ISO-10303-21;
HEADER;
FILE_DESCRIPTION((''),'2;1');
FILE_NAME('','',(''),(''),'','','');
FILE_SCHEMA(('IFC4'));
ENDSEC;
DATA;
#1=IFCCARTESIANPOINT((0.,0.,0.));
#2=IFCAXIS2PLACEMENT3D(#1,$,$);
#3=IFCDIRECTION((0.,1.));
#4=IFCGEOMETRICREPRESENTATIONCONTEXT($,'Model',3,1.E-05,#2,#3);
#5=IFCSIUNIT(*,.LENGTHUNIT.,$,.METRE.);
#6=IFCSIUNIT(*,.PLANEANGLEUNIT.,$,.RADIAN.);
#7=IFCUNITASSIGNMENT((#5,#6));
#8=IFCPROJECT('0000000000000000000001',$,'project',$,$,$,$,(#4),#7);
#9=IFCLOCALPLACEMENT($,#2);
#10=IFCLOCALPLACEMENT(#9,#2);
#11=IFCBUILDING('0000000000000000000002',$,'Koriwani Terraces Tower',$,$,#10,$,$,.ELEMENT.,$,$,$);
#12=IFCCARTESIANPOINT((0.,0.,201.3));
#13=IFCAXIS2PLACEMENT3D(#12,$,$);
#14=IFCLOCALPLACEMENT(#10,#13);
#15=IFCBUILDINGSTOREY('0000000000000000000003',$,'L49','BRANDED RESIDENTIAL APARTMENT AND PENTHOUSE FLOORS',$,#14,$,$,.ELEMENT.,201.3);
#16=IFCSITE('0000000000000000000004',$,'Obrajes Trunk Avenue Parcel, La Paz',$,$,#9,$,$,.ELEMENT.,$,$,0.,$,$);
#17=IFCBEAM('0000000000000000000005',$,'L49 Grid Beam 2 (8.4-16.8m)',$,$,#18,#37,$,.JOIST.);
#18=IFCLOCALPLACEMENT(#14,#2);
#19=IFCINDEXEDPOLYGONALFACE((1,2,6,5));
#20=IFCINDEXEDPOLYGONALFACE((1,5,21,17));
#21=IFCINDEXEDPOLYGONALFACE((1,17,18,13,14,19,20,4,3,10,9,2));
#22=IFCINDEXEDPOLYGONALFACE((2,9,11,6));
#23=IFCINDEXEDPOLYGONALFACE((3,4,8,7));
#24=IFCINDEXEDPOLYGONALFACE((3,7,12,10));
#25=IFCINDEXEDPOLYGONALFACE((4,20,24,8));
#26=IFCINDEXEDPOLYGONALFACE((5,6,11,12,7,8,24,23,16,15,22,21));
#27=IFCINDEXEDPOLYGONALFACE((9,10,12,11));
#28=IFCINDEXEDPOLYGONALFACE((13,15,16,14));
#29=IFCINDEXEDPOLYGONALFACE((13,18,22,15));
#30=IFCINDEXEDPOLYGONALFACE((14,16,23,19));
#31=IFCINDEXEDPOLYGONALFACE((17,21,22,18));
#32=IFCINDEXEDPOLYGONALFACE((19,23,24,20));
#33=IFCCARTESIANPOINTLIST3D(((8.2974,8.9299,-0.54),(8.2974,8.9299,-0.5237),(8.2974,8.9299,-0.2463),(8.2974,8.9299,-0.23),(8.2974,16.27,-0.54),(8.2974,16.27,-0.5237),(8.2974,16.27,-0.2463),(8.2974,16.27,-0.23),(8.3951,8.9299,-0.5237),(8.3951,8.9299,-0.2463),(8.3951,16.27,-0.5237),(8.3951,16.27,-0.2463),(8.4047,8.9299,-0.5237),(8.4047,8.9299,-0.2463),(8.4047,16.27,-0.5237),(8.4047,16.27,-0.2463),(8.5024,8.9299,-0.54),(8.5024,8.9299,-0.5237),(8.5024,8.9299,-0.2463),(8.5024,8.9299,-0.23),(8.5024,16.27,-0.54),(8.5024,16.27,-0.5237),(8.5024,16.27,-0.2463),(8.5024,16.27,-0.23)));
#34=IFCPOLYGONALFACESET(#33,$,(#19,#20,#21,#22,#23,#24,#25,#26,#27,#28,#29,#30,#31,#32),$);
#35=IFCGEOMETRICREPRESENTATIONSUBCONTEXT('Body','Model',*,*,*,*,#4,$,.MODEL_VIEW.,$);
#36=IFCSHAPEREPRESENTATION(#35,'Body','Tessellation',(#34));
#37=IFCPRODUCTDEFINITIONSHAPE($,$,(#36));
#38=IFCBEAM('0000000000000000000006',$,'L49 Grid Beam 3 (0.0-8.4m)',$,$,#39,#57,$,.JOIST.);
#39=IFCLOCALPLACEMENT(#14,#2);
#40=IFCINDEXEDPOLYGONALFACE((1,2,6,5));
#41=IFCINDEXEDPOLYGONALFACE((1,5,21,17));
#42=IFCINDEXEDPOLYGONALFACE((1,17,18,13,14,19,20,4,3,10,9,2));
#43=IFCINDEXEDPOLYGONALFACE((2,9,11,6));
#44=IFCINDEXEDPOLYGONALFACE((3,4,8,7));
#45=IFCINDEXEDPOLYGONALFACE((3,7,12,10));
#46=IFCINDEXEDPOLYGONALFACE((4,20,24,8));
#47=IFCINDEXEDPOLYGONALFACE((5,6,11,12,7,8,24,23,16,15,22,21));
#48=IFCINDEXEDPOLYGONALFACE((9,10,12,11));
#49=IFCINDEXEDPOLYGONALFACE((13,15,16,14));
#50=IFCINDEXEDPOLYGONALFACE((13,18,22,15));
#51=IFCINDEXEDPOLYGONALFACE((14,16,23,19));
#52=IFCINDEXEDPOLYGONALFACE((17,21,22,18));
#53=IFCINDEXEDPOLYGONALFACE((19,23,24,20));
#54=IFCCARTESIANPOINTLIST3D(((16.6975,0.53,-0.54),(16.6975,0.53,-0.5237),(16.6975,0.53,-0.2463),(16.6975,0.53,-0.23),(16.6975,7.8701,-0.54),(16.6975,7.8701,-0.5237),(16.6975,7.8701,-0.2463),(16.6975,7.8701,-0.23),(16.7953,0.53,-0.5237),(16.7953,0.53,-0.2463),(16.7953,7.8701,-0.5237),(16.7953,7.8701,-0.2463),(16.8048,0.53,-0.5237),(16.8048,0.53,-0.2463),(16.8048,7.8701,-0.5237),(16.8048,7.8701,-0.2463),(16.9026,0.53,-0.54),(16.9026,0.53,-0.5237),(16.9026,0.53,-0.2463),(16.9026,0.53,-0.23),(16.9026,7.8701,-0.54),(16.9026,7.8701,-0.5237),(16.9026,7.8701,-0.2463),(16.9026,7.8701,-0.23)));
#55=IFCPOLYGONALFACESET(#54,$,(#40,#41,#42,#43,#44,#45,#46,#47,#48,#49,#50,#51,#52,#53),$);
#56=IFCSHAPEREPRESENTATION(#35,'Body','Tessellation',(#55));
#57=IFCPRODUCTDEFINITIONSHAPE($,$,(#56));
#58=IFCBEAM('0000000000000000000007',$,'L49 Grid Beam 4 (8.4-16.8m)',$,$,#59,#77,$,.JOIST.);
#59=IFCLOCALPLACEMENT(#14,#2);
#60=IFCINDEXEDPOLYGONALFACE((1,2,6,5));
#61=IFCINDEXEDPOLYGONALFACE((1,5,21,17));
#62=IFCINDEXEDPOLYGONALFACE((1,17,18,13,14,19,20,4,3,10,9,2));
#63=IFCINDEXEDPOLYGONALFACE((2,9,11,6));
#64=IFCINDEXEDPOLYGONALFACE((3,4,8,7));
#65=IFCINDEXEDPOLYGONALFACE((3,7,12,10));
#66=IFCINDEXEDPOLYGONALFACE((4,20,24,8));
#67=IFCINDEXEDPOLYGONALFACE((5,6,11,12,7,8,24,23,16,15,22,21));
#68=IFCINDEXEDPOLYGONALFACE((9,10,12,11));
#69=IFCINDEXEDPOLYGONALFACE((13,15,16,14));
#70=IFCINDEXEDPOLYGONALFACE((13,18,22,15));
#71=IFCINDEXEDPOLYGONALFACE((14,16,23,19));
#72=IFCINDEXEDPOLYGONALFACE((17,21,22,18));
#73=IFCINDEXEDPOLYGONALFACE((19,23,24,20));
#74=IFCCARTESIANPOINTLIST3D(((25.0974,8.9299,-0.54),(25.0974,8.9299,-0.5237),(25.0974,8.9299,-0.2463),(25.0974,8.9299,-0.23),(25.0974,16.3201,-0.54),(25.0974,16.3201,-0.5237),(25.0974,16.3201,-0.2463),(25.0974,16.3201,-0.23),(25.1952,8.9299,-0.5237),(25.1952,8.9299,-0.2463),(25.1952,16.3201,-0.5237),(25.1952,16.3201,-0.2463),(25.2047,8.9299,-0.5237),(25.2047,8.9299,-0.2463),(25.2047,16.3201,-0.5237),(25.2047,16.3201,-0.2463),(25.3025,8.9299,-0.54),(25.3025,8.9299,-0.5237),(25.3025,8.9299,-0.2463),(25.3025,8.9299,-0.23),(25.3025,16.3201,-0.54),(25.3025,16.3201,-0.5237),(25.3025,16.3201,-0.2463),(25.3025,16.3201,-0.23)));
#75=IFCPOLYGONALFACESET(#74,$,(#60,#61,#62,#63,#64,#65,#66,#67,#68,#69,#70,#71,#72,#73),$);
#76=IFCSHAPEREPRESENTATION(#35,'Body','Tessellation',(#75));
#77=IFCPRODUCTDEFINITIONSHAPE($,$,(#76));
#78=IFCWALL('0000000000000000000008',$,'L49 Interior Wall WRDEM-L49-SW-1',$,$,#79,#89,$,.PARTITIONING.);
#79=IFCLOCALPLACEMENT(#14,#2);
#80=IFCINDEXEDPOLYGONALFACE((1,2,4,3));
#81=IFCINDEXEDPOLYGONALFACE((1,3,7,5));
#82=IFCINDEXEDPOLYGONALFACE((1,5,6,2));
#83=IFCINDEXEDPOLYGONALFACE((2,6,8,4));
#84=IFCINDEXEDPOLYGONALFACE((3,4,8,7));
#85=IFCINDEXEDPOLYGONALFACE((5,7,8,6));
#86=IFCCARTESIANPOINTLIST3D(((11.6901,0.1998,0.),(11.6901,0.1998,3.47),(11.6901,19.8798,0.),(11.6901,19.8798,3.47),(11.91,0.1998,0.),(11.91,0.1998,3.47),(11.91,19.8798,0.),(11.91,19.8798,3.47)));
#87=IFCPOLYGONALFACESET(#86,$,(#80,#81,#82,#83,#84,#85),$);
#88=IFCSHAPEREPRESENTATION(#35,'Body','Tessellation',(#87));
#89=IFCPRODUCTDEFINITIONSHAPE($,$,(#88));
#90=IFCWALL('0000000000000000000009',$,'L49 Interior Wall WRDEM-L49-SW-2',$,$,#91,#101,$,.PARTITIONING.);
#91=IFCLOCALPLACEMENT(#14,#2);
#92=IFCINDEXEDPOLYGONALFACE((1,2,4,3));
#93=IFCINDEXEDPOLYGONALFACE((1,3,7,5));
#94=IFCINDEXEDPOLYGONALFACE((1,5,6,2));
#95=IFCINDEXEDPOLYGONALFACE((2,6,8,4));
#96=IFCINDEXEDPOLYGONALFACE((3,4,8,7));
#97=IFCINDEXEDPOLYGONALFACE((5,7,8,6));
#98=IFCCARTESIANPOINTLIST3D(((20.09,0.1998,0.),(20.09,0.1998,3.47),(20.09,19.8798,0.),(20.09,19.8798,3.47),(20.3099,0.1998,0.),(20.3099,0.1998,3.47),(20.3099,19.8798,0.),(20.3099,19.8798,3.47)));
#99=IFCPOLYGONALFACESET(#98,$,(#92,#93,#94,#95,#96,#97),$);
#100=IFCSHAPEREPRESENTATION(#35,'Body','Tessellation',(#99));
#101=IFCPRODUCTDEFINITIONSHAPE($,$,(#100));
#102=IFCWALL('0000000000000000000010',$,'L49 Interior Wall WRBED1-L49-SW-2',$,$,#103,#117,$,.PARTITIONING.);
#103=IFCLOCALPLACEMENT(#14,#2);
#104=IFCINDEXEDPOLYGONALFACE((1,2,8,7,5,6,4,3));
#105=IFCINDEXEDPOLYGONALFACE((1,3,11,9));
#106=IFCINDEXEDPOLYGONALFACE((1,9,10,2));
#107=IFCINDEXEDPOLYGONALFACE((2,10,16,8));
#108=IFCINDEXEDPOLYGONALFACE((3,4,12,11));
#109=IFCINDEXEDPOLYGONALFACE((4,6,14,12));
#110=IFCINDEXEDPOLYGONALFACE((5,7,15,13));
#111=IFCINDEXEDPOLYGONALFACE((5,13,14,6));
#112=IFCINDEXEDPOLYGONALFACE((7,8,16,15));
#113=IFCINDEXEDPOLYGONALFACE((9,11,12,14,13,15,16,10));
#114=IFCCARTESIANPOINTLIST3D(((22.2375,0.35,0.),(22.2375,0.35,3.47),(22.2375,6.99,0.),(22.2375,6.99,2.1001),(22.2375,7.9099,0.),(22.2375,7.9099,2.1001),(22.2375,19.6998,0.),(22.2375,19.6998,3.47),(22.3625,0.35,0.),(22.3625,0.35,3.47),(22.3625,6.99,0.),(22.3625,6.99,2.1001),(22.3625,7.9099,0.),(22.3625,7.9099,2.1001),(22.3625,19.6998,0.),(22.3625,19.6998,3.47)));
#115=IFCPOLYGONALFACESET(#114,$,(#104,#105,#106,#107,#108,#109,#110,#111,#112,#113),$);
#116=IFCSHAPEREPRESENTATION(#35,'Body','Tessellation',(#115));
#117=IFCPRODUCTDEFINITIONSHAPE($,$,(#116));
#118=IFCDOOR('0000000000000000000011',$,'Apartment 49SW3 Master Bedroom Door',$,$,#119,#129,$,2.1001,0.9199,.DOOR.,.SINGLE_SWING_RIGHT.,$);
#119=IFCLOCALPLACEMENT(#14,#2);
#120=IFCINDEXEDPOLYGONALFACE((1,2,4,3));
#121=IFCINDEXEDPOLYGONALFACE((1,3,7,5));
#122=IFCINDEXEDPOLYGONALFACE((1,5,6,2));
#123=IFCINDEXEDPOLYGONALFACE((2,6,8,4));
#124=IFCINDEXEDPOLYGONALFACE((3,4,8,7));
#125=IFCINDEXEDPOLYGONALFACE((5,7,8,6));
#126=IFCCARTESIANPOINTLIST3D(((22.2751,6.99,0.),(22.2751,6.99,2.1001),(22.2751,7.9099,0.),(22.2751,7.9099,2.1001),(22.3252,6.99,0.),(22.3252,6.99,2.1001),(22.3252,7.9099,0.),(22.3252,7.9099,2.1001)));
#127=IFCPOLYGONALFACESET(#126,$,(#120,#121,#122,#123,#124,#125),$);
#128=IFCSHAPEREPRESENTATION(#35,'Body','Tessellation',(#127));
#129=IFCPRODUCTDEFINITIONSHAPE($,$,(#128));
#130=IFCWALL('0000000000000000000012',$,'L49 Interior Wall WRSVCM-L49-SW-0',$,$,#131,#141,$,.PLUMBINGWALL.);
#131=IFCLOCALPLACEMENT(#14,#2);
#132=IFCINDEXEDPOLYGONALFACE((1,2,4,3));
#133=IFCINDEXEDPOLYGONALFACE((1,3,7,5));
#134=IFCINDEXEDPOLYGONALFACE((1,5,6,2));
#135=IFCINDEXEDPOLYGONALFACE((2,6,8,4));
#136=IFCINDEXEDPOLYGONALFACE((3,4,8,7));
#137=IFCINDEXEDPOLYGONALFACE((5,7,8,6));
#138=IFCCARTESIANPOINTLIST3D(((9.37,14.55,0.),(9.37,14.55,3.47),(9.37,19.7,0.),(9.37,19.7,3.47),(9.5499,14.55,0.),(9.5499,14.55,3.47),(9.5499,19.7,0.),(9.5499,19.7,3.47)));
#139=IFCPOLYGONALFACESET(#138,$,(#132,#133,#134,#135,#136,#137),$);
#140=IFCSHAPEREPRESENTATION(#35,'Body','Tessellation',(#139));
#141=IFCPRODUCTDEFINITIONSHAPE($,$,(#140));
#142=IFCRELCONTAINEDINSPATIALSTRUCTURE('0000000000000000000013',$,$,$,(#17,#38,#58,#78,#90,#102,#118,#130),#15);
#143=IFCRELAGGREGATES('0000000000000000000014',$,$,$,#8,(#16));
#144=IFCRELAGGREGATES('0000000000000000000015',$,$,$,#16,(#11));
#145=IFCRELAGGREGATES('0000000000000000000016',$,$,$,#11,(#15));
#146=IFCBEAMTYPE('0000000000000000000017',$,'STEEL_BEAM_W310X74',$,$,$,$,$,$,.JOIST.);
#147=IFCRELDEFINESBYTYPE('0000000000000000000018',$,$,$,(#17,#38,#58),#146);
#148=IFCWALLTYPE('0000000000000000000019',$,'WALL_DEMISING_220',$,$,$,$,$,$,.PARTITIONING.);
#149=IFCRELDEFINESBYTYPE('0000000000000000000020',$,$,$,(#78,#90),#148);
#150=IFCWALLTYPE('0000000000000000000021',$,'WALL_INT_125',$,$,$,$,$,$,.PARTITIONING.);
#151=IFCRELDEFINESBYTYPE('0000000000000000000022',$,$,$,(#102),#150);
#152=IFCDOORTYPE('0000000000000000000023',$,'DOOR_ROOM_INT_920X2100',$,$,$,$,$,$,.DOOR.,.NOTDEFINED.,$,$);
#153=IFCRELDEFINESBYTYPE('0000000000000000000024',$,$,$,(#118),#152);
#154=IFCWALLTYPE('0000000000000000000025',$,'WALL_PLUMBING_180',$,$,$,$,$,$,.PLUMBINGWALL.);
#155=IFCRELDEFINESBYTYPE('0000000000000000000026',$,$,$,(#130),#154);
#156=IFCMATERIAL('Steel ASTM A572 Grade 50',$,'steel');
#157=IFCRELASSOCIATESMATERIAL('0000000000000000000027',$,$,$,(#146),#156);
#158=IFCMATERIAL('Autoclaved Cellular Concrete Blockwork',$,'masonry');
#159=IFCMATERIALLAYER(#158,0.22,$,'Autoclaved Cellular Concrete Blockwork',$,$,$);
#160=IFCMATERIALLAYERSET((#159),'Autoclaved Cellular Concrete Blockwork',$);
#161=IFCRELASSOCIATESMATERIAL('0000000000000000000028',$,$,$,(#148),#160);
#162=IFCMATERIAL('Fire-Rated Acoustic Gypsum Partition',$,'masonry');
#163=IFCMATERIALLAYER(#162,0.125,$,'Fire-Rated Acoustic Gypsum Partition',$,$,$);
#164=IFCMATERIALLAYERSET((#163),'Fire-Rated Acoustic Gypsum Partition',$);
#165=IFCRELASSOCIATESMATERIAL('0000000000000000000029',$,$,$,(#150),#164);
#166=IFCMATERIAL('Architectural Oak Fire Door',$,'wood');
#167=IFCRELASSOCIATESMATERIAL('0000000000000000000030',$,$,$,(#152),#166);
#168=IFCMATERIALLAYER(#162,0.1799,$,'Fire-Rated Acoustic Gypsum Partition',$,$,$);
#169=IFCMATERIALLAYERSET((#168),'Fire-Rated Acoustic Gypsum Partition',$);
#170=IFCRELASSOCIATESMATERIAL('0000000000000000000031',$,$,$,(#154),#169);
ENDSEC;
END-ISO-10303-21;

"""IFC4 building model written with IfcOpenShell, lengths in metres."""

from ifc_helpers import new_model, si_unit, direction, frame, frame_2d, origin, origin_2d, place, context, subcontext, project, spatial, rectangle, i_section, extrude, material, layer, layer_set, material_profile, profile_set, type_object, element, fill, save


model = new_model("IFC4")

# Units and contexts
model_context = context("Model", 3, precision=1e-05, world=origin(), true_north=direction((0.0, 1.0)))
body_context = subcontext(model_context, "Body", "Model", "MODEL_VIEW")
ifc_project = project(units=[si_unit("LENGTHUNIT", "METRE"), si_unit("PLANEANGLEUNIT", "RADIAN")], contexts=[model_context])

# Site, building, storey
site_placement = place(None, origin())
site = spatial("IfcSite", under=ifc_project, at=site_placement, Name="Obrajes Trunk Avenue Parcel, La Paz", CompositionType="ELEMENT", RefElevation=0.0)
building_placement = place(site_placement, origin())
building = spatial("IfcBuilding", under=site, at=building_placement, Name="Koriwani Terraces Tower", CompositionType="ELEMENT")
storey_placement = place(building_placement, frame((0.0, 0.0, 201.3)))
storey = spatial("IfcBuildingStorey", under=building, at=storey_placement, Name="L49", Description="BRANDED RESIDENTIAL APARTMENT AND PENTHOUSE FLOORS", CompositionType="ELEMENT", Elevation=201.3)

# Beams
ifc_material_1 = material(Name="Steel ASTM A572 Grade 50", Category="steel")
ifc_material_profile_1 = material_profile(ifc_material_1, i_section(OverallWidth=0.2051, OverallDepth=0.3101, WebThickness=0.0095, FlangeThickness=0.0164, at=origin_2d()), Name="Steel ASTM A572 Grade 50", Category="LoadBearing")
ifc_profile_set_1 = profile_set([ifc_material_profile_1], Name="Steel ASTM A572 Grade 50")
beam_type_1 = type_object("IfcBeamType", Name="STEEL_BEAM_W310X74", PredefinedType="JOIST", material=ifc_profile_set_1)
for number, where, z_axis, x_axis, name in (
    (1, (8.3999, 8.9299, -0.385), (0.0, 1.0, 0.0), (-1.0, 0.0, 0.0), "L49 Grid Beam 2 (8.4-16.8m)"),
    (2, (16.8, 0.53, -0.385), (0.0, 1.0, 0.0), (-1.0, 0.0, 0.0), "L49 Grid Beam 3 (0.0-8.4m)"),
):
    element("IfcBeam", number, at=place(storey_placement, frame(where, z_axis=z_axis, x_axis=x_axis)), inside=storey, type_object=beam_type_1, Name=name, PredefinedType="JOIST", context=body_context, shape_type="SweptSolid", body=[
        extrude(i_section(OverallWidth=0.2051, OverallDepth=0.3101, WebThickness=0.0095, FlangeThickness=0.0164, at=origin_2d()), origin(), (0.0, 0.0, 1.0), 7.3401),
    ])
beam_1_placement = place(storey_placement, frame((25.2, 8.9299, -0.385), z_axis=(0.0, 1.0, 0.0), x_axis=(-1.0, 0.0, 0.0)))
element("IfcBeam", 3, at=beam_1_placement, inside=storey, type_object=beam_type_1, Name="L49 Grid Beam 4 (8.4-16.8m)", PredefinedType="JOIST", context=body_context, shape_type="SweptSolid", body=[
    extrude(i_section(OverallWidth=0.2051, OverallDepth=0.3101, WebThickness=0.0095, FlangeThickness=0.0164, at=origin_2d()), origin(), (0.0, 0.0, 1.0), 7.3901),
])

# Walls
ifc_material_2 = material(Name="Autoclaved Cellular Concrete Blockwork", Category="masonry")
ifc_layer_1 = layer(ifc_material_2, 0.22, Name="Autoclaved Cellular Concrete Blockwork")
ifc_layer_set_1 = layer_set([ifc_layer_1], Name="Autoclaved Cellular Concrete Blockwork")
wall_type_1 = type_object("IfcWallType", Name="WALL_DEMISING_220", PredefinedType="PARTITIONING", material=ifc_layer_set_1)
for number, where, z_axis, x_axis, name in (
    (4, (11.8, 0.2, 0.0), (0.0, 0.0, 1.0), (0.0, 1.0, 0.0), "L49 Interior Wall WRDEM-L49-SW-1"),
    (5, (20.2, 0.2, 0.0), (0.0, 0.0, 1.0), (0.0, 1.0, 0.0), "L49 Interior Wall WRDEM-L49-SW-2"),
):
    element("IfcWall", number, at=place(storey_placement, frame(where, z_axis=z_axis, x_axis=x_axis)), inside=storey, type_object=wall_type_1, Name=name, PredefinedType="PARTITIONING", context=body_context, shape_type="SweptSolid", body=[
        extrude(rectangle(XDim=19.6799, YDim=0.22, at=frame_2d((9.8398, 0.0))), origin(), (0.0, 0.0, 1.0), 3.47),
    ])

# Wall, opening, door
ifc_material_3 = material(Name="Fire-Rated Acoustic Gypsum Partition", Category="masonry")
ifc_layer_2 = layer(ifc_material_3, 0.125, Name="Fire-Rated Acoustic Gypsum Partition")
ifc_layer_set_2 = layer_set([ifc_layer_2], Name="Fire-Rated Acoustic Gypsum Partition")
wall_type_2 = type_object("IfcWallType", Name="WALL_INT_125", PredefinedType="PARTITIONING", material=ifc_layer_set_2)
wall_1_placement = place(storey_placement, frame((22.3, 0.3501, 0.0), z_axis=(0.0, 0.0, 1.0), x_axis=(0.0, 1.0, 0.0)))
wall_1 = element("IfcWall", 6, at=wall_1_placement, inside=storey, type_object=wall_type_2, Name="L49 Interior Wall WRBED1-L49-SW-2", PredefinedType="PARTITIONING", context=body_context, shape_type="SweptSolid", body=[
    extrude(rectangle(XDim=19.3499, YDim=0.125, at=frame_2d((9.6748, 0.0))), origin(), (0.0, 0.0, 1.0), 3.47),
])
opening_1_placement = place(wall_1_placement, frame((6.6399, 0.0, 0.0)))
opening_1 = element("IfcOpeningElement", 7, at=opening_1_placement, cuts=wall_1, PredefinedType="OPENING", context=body_context, shape_type="SweptSolid", body=[
    extrude(rectangle(XDim=0.9199, YDim=2.1001, at=frame_2d((0.46, 1.05))), frame((0.0, 0.0725, 0.0), z_axis=(0.0, -1.0, 0.0), x_axis=(1.0, 0.0, 0.0)), (0.0, 0.0, 1.0), 0.145),
])
ifc_material_4 = material(Name="Architectural Oak Fire Door", Category="wood")
door_type_1 = type_object("IfcDoorType", Name="DOOR_ROOM_INT_920X2100", OperationType="NOTDEFINED", PredefinedType="DOOR", material=ifc_material_4)
door_1_placement = place(opening_1_placement, origin())
door_1 = element("IfcDoor", 8, at=door_1_placement, inside=storey, type_object=door_type_1, Name="Apartment 49SW3 Master Bedroom Door", OperationType="SINGLE_SWING_RIGHT", OverallHeight=2.1001, OverallWidth=0.9199, PredefinedType="DOOR", context=body_context, shape_type="SweptSolid", body=[
    extrude(rectangle(XDim=0.9199, YDim=2.1001, at=frame_2d((0.46, 1.05))), frame((0.0, 0.0249, 0.0), z_axis=(0.0, -1.0, 0.0), x_axis=(1.0, 0.0, 0.0)), (0.0, 0.0, 1.0), 0.05),
])
fill(opening_1, door_1)

# Wall
ifc_layer_3 = layer(ifc_material_3, 0.1799, Name="Fire-Rated Acoustic Gypsum Partition")
ifc_layer_set_3 = layer_set([ifc_layer_3], Name="Fire-Rated Acoustic Gypsum Partition")
wall_type_3 = type_object("IfcWallType", Name="WALL_PLUMBING_180", PredefinedType="PLUMBINGWALL", material=ifc_layer_set_3)
wall_2_placement = place(storey_placement, frame((9.46, 14.55, 0.0), z_axis=(0.0, 0.0, 1.0), x_axis=(0.0, 1.0, 0.0)))
element("IfcWall", 9, at=wall_2_placement, inside=storey, type_object=wall_type_3, Name="L49 Interior Wall WRSVCM-L49-SW-0", PredefinedType="PLUMBINGWALL", context=body_context, shape_type="SweptSolid", body=[
    extrude(rectangle(XDim=5.1499, YDim=0.1799, at=frame_2d((2.575, 0.0))), origin(), (0.0, 0.0, 1.0), 3.47),
])

save(model, "model.ifc")
